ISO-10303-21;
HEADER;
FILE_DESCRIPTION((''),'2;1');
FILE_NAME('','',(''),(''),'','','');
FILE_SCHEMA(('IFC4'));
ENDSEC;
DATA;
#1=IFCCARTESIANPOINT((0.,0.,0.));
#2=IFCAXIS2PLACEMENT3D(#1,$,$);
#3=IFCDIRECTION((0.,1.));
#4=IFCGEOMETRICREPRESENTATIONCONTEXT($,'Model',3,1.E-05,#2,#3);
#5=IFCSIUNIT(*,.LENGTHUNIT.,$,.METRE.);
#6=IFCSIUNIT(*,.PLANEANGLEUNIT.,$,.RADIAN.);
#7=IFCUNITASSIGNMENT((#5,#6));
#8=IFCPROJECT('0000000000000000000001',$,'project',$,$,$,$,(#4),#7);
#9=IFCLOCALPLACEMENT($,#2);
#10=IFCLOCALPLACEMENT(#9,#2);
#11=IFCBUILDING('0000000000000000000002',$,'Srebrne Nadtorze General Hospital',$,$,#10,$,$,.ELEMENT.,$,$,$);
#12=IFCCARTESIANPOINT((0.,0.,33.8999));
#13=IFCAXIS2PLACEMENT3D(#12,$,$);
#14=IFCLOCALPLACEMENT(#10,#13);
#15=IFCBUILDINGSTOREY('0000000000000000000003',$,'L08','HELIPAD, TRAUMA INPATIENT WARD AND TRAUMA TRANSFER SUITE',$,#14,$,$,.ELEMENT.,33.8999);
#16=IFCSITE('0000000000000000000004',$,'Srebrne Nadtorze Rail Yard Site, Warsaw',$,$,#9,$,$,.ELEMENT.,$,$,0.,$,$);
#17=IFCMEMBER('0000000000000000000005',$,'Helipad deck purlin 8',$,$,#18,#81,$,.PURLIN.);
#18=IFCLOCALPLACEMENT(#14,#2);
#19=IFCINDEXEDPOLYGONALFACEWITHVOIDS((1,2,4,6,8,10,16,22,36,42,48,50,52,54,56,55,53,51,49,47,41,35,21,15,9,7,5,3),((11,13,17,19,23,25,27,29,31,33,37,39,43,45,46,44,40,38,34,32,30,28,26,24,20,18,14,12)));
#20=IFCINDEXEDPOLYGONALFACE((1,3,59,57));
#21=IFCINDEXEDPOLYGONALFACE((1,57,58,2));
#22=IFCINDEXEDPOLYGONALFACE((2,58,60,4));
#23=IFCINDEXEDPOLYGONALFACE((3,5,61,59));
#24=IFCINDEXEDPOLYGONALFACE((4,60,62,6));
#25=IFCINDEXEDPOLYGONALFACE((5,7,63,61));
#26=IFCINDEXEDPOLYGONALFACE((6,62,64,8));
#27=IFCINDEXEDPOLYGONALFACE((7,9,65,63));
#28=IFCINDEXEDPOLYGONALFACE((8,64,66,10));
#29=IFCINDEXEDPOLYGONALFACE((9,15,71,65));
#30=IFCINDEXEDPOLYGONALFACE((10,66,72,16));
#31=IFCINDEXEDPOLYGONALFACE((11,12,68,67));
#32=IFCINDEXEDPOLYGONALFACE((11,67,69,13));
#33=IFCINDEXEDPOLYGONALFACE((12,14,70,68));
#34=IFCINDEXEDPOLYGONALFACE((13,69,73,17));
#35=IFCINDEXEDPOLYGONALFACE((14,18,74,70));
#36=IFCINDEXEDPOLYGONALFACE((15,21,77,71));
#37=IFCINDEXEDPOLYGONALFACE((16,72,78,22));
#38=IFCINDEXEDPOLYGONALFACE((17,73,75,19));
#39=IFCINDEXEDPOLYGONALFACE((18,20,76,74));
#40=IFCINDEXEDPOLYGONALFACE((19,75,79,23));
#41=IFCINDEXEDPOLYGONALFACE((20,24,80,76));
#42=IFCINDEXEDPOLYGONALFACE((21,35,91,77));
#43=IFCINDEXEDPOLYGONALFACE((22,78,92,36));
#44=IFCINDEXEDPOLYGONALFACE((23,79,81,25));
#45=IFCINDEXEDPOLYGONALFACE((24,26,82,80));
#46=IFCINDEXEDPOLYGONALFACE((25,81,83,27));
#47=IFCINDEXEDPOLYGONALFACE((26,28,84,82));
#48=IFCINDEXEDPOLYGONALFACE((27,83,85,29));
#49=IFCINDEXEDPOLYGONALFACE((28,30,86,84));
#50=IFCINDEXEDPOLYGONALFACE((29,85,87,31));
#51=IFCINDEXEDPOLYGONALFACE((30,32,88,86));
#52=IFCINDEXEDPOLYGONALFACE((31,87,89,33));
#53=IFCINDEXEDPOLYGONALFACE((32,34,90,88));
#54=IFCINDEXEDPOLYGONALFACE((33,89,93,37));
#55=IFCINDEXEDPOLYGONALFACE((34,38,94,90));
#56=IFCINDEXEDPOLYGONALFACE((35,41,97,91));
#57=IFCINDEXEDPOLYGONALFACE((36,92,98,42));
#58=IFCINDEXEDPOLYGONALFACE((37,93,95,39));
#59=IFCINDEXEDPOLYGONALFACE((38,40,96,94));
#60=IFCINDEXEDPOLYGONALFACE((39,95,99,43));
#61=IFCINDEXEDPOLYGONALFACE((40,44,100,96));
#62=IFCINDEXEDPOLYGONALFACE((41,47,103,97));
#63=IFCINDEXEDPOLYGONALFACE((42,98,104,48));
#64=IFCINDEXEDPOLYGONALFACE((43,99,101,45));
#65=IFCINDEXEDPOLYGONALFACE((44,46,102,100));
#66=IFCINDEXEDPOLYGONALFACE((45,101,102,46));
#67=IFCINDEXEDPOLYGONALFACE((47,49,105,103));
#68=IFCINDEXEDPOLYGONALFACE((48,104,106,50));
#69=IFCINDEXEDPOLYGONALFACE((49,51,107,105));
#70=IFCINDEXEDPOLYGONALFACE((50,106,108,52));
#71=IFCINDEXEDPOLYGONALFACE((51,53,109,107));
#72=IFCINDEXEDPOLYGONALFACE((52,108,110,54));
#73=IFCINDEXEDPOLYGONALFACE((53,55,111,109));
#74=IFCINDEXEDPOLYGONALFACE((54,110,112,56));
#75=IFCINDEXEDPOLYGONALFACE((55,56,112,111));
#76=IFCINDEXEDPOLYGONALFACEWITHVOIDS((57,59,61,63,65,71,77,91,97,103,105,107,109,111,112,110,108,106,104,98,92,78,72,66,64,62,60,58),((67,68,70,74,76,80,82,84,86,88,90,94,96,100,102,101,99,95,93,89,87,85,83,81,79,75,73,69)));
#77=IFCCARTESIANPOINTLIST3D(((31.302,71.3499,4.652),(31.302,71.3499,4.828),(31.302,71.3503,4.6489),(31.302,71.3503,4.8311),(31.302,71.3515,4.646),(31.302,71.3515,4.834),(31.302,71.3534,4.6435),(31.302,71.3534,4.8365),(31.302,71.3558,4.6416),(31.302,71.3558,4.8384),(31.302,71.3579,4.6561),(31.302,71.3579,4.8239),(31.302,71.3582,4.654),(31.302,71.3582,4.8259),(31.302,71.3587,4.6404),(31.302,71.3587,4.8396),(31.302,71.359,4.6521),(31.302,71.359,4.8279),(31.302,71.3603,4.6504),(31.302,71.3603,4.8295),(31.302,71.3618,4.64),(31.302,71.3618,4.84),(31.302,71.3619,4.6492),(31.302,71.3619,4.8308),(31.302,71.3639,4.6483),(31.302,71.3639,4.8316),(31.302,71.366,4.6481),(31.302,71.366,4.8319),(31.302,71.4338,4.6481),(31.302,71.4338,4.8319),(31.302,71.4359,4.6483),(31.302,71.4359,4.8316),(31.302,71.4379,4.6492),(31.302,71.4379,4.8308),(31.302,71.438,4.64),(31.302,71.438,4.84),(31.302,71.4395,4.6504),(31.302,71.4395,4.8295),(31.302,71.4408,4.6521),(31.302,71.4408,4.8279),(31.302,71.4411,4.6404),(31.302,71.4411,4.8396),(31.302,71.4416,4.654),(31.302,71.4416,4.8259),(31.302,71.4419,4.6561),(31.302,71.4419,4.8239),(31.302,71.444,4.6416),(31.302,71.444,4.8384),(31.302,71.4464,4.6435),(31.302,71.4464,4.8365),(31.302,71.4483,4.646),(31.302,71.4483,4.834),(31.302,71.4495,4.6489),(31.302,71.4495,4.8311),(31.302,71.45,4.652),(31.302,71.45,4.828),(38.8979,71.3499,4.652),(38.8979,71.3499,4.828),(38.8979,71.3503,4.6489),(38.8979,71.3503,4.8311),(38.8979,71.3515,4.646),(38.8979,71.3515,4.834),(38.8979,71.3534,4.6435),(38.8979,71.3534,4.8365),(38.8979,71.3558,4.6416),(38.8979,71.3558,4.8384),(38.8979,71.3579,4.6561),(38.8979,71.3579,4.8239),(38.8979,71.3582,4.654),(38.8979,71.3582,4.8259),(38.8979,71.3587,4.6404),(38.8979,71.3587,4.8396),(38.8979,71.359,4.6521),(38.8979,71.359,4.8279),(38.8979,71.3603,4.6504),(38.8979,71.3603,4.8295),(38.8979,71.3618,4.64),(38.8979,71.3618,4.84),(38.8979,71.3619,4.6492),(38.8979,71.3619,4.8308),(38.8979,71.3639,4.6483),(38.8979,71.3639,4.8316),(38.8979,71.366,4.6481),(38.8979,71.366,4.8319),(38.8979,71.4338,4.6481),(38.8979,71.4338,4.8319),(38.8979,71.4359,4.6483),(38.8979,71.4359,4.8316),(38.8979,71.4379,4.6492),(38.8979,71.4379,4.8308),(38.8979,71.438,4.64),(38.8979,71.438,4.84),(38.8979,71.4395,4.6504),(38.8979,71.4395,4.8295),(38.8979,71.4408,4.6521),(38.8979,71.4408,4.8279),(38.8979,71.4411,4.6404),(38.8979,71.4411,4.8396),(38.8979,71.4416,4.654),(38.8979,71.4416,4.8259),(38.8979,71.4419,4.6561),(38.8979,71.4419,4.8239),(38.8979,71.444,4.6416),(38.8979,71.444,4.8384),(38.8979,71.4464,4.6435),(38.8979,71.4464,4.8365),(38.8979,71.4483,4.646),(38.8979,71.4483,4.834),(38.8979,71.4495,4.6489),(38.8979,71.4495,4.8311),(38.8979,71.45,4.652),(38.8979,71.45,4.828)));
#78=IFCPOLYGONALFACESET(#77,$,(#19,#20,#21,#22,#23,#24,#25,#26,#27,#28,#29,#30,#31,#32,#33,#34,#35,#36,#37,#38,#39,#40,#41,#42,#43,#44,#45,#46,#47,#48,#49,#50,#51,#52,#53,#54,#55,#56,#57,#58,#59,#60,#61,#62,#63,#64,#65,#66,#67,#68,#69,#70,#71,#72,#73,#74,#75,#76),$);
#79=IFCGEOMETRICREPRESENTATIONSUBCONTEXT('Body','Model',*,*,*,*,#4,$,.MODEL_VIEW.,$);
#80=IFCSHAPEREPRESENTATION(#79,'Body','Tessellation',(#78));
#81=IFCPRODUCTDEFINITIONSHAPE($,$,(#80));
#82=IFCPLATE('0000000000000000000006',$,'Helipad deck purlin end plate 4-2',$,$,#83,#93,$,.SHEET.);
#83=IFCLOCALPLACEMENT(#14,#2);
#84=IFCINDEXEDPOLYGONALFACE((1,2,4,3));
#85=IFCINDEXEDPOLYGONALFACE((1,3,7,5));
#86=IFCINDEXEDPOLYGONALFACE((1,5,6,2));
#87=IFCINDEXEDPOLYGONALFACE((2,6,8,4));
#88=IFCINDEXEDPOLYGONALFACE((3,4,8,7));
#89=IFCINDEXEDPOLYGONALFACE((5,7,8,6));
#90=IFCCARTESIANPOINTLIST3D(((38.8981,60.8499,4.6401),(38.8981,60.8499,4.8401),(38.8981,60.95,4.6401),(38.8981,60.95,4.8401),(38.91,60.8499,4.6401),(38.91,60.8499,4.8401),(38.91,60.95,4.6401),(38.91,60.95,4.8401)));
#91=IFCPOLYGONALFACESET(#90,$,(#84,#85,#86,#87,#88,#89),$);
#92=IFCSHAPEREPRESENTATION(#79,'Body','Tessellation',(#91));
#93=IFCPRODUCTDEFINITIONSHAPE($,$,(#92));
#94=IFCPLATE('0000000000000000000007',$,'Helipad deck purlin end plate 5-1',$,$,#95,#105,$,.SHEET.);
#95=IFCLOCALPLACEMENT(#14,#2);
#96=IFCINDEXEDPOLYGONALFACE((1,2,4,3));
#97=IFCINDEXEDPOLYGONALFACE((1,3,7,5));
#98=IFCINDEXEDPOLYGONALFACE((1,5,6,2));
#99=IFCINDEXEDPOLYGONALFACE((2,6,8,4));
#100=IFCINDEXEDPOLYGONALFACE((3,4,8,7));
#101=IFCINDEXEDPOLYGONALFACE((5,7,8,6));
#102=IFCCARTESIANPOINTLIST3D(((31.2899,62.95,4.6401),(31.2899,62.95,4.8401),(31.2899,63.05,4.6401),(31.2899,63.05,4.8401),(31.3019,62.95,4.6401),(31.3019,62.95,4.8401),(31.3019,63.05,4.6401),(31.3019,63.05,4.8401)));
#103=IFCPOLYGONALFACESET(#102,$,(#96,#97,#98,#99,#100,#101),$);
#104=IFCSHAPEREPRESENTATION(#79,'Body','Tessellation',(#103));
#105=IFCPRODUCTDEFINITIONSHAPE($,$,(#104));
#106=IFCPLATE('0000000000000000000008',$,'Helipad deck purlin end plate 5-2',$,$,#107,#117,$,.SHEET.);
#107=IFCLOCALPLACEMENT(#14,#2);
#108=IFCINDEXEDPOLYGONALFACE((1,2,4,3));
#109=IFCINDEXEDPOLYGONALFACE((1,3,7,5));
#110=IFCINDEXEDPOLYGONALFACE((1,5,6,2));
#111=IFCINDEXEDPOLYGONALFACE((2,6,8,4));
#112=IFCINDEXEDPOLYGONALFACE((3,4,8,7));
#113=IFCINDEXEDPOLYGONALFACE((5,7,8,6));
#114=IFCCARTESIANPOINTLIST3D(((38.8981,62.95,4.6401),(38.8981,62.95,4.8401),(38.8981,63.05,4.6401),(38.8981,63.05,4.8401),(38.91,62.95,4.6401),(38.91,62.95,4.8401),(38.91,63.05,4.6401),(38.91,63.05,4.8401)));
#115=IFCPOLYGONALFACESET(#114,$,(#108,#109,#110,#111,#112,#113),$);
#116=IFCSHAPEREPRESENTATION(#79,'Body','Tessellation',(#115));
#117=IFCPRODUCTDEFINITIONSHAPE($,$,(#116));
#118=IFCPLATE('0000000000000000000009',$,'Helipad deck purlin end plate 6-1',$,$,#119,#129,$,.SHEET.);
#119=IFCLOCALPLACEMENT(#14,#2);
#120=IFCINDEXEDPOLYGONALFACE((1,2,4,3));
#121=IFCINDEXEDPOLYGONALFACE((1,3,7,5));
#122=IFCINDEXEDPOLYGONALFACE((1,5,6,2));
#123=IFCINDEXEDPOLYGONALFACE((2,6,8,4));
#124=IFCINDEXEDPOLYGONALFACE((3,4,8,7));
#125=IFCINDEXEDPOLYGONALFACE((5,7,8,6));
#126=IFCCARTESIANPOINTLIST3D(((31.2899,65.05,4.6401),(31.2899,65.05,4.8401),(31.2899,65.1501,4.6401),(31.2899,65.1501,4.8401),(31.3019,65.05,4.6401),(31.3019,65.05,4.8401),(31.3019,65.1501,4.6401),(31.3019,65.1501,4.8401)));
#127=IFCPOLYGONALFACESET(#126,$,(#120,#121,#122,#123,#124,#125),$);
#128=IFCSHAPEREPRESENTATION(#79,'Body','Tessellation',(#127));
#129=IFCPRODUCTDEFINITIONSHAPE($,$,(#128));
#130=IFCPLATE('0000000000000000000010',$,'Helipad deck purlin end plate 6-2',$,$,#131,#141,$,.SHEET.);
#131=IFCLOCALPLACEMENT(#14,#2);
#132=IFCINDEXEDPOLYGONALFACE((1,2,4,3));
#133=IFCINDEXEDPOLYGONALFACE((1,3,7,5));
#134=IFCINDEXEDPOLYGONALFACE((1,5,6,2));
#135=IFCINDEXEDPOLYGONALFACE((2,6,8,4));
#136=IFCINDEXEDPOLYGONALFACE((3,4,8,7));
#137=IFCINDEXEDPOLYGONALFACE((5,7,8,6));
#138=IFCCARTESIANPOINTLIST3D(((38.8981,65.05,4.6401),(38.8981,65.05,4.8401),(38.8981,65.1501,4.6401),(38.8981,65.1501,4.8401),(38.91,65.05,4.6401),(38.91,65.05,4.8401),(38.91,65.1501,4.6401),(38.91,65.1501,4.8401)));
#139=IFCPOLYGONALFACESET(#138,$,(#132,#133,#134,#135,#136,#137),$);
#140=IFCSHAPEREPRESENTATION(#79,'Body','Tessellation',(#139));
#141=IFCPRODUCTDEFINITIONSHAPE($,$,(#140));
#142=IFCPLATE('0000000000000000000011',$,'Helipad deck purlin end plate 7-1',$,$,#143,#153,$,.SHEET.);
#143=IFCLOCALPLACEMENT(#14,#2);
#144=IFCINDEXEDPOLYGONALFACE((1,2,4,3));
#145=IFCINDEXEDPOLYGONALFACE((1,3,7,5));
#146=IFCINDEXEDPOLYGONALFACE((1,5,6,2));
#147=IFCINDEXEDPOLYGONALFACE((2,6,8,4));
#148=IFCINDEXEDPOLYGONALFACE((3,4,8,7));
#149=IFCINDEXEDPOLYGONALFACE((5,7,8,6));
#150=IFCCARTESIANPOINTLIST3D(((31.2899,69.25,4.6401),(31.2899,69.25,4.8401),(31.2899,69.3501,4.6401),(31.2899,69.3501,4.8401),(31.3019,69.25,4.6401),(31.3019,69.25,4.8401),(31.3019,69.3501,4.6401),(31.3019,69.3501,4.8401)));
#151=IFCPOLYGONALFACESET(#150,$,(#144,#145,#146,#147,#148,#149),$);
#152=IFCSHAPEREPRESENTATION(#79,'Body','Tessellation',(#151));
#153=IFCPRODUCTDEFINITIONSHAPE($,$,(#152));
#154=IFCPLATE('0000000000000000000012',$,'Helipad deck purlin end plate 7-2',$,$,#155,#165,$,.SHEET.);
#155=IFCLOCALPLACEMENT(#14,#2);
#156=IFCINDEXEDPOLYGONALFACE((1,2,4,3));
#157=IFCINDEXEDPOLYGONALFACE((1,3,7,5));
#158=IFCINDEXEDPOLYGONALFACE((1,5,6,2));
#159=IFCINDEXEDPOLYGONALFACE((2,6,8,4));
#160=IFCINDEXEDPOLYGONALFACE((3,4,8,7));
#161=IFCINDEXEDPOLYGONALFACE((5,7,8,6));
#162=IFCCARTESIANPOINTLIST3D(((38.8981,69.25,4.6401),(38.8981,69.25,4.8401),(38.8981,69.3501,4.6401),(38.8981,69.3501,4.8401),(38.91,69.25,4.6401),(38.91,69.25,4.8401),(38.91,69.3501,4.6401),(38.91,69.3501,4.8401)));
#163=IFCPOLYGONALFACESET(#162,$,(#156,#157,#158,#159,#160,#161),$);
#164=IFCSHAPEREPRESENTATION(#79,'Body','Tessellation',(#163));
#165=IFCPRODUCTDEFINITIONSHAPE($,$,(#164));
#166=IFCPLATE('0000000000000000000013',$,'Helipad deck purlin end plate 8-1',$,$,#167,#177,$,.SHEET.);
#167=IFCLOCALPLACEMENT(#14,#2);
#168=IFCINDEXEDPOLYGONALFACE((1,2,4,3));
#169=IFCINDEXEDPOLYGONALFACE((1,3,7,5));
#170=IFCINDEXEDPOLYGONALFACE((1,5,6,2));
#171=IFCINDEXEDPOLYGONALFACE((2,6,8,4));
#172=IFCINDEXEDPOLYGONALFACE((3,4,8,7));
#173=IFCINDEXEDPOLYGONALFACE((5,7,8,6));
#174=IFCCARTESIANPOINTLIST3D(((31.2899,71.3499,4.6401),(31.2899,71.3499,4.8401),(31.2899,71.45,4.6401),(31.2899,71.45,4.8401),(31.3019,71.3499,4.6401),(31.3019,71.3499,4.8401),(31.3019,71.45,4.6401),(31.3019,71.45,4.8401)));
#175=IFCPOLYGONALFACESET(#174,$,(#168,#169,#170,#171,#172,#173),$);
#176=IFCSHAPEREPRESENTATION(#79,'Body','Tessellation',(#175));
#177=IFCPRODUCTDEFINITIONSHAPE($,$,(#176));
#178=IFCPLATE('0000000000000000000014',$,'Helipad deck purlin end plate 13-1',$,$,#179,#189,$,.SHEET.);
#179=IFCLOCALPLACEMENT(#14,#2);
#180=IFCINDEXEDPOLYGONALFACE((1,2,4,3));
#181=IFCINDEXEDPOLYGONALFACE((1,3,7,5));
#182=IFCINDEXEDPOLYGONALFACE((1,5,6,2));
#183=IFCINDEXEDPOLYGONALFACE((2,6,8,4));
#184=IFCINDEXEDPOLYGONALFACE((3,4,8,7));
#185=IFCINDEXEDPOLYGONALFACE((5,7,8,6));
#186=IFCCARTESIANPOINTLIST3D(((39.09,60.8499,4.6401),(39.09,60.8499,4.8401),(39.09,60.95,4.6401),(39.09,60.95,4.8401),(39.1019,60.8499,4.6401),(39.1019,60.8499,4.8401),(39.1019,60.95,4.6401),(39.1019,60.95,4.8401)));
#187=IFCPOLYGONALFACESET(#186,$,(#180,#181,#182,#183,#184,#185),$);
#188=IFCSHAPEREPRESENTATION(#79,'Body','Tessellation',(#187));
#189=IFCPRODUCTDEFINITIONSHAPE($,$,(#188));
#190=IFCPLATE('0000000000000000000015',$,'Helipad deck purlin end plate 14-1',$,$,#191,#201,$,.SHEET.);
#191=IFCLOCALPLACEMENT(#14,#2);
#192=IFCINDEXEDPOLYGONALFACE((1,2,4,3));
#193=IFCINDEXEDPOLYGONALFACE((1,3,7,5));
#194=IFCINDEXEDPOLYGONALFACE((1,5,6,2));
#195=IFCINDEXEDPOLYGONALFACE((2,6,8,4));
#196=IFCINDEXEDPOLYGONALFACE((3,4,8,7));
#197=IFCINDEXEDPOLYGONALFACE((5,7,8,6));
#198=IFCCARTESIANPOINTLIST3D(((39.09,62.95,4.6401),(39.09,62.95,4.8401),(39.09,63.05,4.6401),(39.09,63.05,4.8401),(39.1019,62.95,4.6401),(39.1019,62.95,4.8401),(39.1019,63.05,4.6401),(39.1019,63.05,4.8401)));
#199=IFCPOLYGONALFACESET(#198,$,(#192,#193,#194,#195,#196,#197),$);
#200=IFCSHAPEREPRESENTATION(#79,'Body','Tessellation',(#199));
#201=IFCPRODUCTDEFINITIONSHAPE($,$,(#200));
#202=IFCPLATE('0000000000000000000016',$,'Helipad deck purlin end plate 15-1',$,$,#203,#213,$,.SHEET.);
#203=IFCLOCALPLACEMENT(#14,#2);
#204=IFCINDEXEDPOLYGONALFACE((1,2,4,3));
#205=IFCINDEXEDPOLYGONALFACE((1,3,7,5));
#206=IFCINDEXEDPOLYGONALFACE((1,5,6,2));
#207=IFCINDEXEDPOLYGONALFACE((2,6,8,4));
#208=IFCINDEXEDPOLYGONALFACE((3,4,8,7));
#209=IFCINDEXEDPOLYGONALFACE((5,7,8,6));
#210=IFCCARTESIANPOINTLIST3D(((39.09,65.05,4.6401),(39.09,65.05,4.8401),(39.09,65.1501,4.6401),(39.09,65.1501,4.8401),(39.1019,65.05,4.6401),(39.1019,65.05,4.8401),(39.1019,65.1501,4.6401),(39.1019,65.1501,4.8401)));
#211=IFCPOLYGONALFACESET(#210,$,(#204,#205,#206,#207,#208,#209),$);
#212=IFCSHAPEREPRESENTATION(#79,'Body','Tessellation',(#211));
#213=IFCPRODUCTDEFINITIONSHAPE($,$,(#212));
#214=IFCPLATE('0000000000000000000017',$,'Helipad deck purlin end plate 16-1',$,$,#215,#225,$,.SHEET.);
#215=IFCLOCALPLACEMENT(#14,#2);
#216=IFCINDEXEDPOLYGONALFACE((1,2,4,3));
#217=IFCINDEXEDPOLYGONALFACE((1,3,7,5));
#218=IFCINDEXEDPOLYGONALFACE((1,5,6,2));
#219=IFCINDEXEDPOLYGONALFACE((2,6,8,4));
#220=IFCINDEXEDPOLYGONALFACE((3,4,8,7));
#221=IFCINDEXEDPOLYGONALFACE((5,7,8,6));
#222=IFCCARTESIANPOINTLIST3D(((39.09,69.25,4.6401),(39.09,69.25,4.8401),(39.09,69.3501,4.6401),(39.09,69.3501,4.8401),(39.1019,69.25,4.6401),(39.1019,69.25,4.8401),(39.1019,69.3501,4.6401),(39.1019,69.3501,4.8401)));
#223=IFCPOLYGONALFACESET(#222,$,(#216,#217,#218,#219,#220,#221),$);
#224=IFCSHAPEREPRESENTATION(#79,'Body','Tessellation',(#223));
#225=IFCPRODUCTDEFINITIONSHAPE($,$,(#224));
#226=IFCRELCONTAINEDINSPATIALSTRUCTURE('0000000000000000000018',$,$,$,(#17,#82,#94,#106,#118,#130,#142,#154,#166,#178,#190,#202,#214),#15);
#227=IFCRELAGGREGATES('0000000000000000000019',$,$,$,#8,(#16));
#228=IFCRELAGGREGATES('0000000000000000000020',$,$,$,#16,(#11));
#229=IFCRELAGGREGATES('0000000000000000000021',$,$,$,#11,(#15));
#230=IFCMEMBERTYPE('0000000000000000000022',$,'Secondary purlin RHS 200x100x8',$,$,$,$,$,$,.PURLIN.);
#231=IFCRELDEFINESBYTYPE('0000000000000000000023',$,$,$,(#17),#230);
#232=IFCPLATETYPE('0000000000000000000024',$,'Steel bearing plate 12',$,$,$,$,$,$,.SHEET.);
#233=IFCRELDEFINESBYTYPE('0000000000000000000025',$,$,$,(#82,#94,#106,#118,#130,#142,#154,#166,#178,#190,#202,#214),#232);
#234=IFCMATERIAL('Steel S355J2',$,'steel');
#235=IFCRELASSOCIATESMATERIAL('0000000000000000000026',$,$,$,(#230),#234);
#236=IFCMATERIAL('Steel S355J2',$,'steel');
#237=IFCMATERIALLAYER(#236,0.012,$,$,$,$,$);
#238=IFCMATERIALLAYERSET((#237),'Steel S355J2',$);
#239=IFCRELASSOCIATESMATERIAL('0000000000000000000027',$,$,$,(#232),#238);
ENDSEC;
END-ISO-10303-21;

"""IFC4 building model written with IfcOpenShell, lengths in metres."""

from ifc_helpers import new_model, si_unit, direction, frame, origin, origin_2d, place, context, subcontext, project, spatial, rectangle, hollow_rectangle, extrude, material, layer, layer_set, material_profile, profile_set, type_object, element, save


model = new_model("IFC4")

# Units and contexts
model_context = context("Model", 3, precision=1e-05, world=origin(), true_north=direction((0.0, 1.0)))
body_context = subcontext(model_context, "Body", "Model", "MODEL_VIEW")
ifc_project = project(units=[si_unit("LENGTHUNIT", "METRE"), si_unit("PLANEANGLEUNIT", "RADIAN")], contexts=[model_context])

# Site, building, storey
site_placement = place(None, origin())
site = spatial("IfcSite", under=ifc_project, at=site_placement, Name="Srebrne Nadtorze Rail Yard Site, Warsaw", CompositionType="ELEMENT", RefElevation=0.0)
building_placement = place(site_placement, origin())
building = spatial("IfcBuilding", under=site, at=building_placement, Name="Srebrne Nadtorze General Hospital", CompositionType="ELEMENT")
storey_placement = place(building_placement, frame((0.0, 0.0, 33.8999)))
storey = spatial("IfcBuildingStorey", under=building, at=storey_placement, Name="L08", Description="HELIPAD, TRAUMA INPATIENT WARD AND TRAUMA TRANSFER SUITE", CompositionType="ELEMENT", Elevation=33.8999)

# Member
ifc_material_1 = material(Name="Steel S355J2", Category="steel")
ifc_material_profile_1 = material_profile(ifc_material_1, hollow_rectangle(XDim=0.1001, YDim=0.2, WallThickness=0.0081, InnerFilletRadius=0.0081, OuterFilletRadius=0.012, at=origin_2d()), Name="RHS-200x100x8")
ifc_profile_set_1 = profile_set([ifc_material_profile_1], Name="Steel S355J2")
member_type_1 = type_object("IfcMemberType", Name="Secondary purlin RHS 200x100x8", PredefinedType="PURLIN", material=ifc_profile_set_1)
for number, where, z_axis, x_axis, name in (
    (1, (31.302, 71.3999, 4.74), (1.0, 0.0, 0.0), (0.0, 1.0, 0.0), "Helipad deck purlin 8"),
):
    element("IfcMember", number, at=place(storey_placement, frame(where, z_axis=z_axis, x_axis=x_axis)), inside=storey, type_object=member_type_1, Name=name, PredefinedType="PURLIN", context=body_context, shape_type="SweptSolid", body=[
        extrude(hollow_rectangle(XDim=0.1001, YDim=0.2, WallThickness=0.0081, InnerFilletRadius=0.0081, OuterFilletRadius=0.012, at=origin_2d()), origin(), (0.0, 0.0, 1.0), 7.5959),
    ])

# Plates
ifc_material_2 = material(Name="Steel S355J2", Category="steel")
ifc_layer_1 = layer(ifc_material_2, 0.012)
ifc_layer_set_1 = layer_set([ifc_layer_1], Name="Steel S355J2")
plate_type = type_object("IfcPlateType", Name="Steel bearing plate 12", PredefinedType="SHEET", material=ifc_layer_set_1)
for number, where, z_axis, x_axis, name in (
    (2, (38.9041, 60.8999, 4.6401), (0.0, 0.0, 1.0), (1.0, 0.0, 0.0), "Helipad deck purlin end plate 4-2"),
    (3, (31.2959, 63.0, 4.6401), (0.0, 0.0, 1.0), (1.0, 0.0, 0.0), "Helipad deck purlin end plate 5-1"),
    (4, (38.9041, 63.0, 4.6401), (0.0, 0.0, 1.0), (1.0, 0.0, 0.0), "Helipad deck purlin end plate 5-2"),
    (5, (31.2959, 65.1001, 4.6401), (0.0, 0.0, 1.0), (1.0, 0.0, 0.0), "Helipad deck purlin end plate 6-1"),
    (6, (38.9041, 65.1001, 4.6401), (0.0, 0.0, 1.0), (1.0, 0.0, 0.0), "Helipad deck purlin end plate 6-2"),
    (7, (31.2959, 69.3, 4.6401), (0.0, 0.0, 1.0), (1.0, 0.0, 0.0), "Helipad deck purlin end plate 7-1"),
    (8, (38.9041, 69.3, 4.6401), (0.0, 0.0, 1.0), (1.0, 0.0, 0.0), "Helipad deck purlin end plate 7-2"),
    (9, (31.2959, 71.3999, 4.6401), (0.0, 0.0, 1.0), (1.0, 0.0, 0.0), "Helipad deck purlin end plate 8-1"),
    (10, (39.0959, 60.8999, 4.6401), (0.0, 0.0, 1.0), (1.0, 0.0, 0.0), "Helipad deck purlin end plate 13-1"),
    (11, (39.0959, 63.0, 4.6401), (0.0, 0.0, 1.0), (1.0, 0.0, 0.0), "Helipad deck purlin end plate 14-1"),
    (12, (39.0959, 65.1001, 4.6401), (0.0, 0.0, 1.0), (1.0, 0.0, 0.0), "Helipad deck purlin end plate 15-1"),
    (13, (39.0959, 69.3, 4.6401), (0.0, 0.0, 1.0), (1.0, 0.0, 0.0), "Helipad deck purlin end plate 16-1"),
):
    element("IfcPlate", number, at=place(storey_placement, frame(where, z_axis=z_axis, x_axis=x_axis)), inside=storey, type_object=plate_type, Name=name, PredefinedType="SHEET", context=body_context, shape_type="SweptSolid", body=[
        extrude(rectangle(XDim=0.012, YDim=0.1001, at=origin_2d()), origin(), (0.0, 0.0, 1.0), 0.2),
    ])

save(model, "model.ifc")
